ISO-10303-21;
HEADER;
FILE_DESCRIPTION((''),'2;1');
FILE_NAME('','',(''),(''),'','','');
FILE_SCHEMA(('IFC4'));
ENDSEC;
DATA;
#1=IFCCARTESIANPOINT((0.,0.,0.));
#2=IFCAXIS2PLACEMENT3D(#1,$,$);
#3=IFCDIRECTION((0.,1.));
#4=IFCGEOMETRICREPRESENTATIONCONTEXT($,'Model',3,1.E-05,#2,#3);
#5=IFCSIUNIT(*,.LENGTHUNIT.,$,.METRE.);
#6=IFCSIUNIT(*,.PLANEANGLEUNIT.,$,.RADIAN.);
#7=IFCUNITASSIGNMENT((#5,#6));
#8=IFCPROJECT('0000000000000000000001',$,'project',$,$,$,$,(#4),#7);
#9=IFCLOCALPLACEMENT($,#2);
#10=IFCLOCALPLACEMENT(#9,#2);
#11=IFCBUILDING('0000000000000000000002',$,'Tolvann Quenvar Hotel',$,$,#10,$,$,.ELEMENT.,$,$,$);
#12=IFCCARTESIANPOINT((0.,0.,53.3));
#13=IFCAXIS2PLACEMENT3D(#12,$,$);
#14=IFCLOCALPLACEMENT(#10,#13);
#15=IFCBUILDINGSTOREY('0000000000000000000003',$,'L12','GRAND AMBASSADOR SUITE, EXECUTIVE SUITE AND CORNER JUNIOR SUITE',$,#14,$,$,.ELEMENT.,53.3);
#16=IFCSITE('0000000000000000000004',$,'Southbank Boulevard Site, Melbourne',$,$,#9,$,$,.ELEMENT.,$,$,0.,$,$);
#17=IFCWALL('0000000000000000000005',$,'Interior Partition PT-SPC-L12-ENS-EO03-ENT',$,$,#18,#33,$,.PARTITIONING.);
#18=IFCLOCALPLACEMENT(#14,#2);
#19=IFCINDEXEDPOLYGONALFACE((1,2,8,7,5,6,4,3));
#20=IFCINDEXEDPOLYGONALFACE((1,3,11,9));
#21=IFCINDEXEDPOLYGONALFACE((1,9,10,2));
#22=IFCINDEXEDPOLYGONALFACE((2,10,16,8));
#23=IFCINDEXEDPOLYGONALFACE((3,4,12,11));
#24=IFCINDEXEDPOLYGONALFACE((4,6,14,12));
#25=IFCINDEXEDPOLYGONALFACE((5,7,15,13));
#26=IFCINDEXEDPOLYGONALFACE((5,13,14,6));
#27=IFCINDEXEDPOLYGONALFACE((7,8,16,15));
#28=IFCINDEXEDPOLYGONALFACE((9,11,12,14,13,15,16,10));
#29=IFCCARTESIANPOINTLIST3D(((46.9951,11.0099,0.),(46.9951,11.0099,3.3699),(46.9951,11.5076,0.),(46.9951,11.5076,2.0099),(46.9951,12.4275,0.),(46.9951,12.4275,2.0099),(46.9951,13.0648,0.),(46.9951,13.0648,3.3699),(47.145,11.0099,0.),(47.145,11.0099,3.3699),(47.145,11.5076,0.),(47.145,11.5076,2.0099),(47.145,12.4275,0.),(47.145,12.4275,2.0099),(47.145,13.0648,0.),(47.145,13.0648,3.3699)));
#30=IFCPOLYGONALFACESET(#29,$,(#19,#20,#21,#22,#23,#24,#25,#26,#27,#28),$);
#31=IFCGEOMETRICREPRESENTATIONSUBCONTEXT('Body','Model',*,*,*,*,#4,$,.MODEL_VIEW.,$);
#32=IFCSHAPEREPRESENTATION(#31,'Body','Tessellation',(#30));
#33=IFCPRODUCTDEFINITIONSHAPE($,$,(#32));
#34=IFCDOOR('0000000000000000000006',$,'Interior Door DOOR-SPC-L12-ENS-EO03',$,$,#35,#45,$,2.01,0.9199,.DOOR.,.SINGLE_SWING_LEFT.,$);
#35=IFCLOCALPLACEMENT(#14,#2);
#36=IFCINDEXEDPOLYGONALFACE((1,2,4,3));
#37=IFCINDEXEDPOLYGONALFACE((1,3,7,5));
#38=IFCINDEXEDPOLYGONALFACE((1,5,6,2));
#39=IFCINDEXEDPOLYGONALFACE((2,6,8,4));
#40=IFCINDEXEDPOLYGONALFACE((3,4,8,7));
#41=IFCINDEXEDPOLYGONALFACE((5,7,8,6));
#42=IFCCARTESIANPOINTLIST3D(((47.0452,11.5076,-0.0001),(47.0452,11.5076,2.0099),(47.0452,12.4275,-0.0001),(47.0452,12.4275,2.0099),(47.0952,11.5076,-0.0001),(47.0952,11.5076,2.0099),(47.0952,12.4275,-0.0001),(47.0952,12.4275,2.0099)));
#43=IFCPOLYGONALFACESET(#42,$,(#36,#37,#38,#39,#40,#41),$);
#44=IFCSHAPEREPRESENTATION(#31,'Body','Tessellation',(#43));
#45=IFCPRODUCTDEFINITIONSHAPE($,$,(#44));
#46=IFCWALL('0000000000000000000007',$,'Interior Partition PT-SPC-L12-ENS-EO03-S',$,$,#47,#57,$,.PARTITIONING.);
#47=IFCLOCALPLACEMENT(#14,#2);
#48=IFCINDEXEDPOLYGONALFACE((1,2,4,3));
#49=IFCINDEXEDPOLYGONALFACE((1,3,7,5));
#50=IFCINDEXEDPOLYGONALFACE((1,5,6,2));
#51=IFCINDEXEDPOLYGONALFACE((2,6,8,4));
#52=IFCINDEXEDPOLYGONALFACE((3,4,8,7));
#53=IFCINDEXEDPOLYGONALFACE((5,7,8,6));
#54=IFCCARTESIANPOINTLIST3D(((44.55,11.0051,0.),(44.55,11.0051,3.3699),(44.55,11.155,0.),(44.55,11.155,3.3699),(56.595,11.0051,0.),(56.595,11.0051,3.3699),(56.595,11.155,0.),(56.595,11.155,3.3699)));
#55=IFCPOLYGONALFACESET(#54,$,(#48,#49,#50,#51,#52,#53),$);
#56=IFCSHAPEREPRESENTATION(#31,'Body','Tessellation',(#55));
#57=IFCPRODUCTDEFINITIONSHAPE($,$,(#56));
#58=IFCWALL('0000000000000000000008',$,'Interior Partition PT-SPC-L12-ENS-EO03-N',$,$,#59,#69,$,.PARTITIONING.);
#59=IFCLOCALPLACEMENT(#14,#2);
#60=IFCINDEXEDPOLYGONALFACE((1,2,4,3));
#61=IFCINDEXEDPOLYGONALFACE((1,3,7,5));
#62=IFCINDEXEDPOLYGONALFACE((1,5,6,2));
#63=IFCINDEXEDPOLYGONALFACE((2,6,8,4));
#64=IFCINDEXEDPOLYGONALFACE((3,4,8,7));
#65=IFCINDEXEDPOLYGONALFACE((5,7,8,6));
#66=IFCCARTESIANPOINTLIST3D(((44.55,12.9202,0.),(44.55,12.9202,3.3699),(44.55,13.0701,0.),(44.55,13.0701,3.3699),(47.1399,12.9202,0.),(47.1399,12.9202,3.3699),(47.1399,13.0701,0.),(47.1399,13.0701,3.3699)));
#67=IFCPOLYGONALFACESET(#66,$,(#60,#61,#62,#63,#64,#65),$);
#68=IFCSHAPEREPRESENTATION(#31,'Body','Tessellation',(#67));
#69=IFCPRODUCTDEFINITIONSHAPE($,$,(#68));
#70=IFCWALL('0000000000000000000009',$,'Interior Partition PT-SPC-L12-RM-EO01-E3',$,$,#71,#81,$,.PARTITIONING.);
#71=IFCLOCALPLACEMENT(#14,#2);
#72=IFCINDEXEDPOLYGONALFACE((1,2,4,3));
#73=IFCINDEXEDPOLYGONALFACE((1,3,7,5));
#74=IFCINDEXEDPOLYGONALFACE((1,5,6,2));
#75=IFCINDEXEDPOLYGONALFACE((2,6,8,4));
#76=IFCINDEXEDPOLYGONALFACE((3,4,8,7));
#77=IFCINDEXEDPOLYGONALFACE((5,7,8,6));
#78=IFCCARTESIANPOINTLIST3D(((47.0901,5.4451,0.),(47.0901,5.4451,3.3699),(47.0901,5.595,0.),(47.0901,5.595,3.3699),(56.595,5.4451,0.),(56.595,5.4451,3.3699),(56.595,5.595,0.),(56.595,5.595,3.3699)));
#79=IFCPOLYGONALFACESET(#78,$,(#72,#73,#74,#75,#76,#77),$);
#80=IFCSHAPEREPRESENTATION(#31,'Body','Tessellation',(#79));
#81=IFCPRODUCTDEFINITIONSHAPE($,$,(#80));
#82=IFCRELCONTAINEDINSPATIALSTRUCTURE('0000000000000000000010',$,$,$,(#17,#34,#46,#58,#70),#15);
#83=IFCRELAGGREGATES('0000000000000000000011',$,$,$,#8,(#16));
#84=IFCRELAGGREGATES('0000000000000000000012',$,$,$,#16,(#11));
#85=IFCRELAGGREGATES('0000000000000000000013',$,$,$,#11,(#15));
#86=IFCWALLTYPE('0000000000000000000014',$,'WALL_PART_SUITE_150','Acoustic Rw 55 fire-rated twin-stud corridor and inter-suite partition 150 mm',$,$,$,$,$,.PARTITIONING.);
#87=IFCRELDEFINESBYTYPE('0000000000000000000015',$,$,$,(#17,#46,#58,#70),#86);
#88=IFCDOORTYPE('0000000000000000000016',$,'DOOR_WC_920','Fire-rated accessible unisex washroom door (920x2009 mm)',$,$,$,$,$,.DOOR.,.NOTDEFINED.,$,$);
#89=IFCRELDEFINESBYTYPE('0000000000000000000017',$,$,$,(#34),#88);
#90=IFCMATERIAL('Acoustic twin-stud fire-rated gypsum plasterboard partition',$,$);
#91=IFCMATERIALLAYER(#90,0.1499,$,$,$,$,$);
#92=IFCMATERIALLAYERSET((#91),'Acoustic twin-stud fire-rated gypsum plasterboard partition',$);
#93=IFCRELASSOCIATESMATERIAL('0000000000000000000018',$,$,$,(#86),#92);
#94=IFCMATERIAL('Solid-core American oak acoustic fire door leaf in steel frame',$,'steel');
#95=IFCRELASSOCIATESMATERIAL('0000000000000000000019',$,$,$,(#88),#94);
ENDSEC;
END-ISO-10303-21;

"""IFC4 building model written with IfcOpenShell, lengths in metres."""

from ifc_helpers import new_model, si_unit, direction, frame, frame_2d, origin, place, context, subcontext, project, spatial, rectangle, extrude, source, transform, mapped, material, layer, layer_set, type_object, type_shapes, element, fill, save


model = new_model("IFC4")

# Units and contexts
model_context = context("Model", 3, precision=1e-05, world=origin(), true_north=direction((0.0, 1.0)))
body_context = subcontext(model_context, "Body", "Model", "MODEL_VIEW")
ifc_project = project(units=[si_unit("LENGTHUNIT", "METRE"), si_unit("PLANEANGLEUNIT", "RADIAN")], contexts=[model_context])

# Site, building, storey
site_placement = place(None, origin())
site = spatial("IfcSite", under=ifc_project, at=site_placement, Name="Southbank Boulevard Site, Melbourne", CompositionType="ELEMENT", RefElevation=0.0)
building_placement = place(site_placement, origin())
building = spatial("IfcBuilding", under=site, at=building_placement, Name="Tolvann Quenvar Hotel", CompositionType="ELEMENT")
storey_placement = place(building_placement, frame((0.0, 0.0, 53.3)))
storey = spatial("IfcBuildingStorey", under=building, at=storey_placement, Name="L12", Description="GRAND AMBASSADOR SUITE, EXECUTIVE SUITE AND CORNER JUNIOR SUITE", CompositionType="ELEMENT", Elevation=53.3)

# Shared definitions
ifc_material_1 = material(Name="Acoustic twin-stud fire-rated gypsum plasterboard partition")
ifc_layer_1 = layer(ifc_material_1, 0.1499)
ifc_layer_set_1 = layer_set([ifc_layer_1], Name="Acoustic twin-stud fire-rated gypsum plasterboard partition")
wall_type_1 = type_object("IfcWallType", Name="WALL_PART_SUITE_150", Description="Acoustic Rw 55 fire-rated twin-stud corridor and inter-suite partition 150 mm", PredefinedType="PARTITIONING", material=ifc_layer_set_1)
ifc_material_2 = material(Name="Solid-core American oak acoustic fire door leaf in steel frame", Category="steel")
door_type_1 = type_object("IfcDoorType", Name="DOOR_WC_920", Description="Fire-rated accessible unisex washroom door (920x2009 mm)", OperationType="NOTDEFINED", PredefinedType="DOOR", material=ifc_material_2)
shared_shape_1 = source(origin(), body_context, "Body", "SweptSolid", [
    extrude(rectangle(XDim=0.9199, YDim=2.01, at=frame_2d((0.46, 1.0049))), frame((0.0, 0.0249, 0.0), z_axis=(0.0, -1.0, 0.0), x_axis=(1.0, 0.0, 0.0)), (0.0, 0.0, 1.0), 0.05),
])
type_shapes(door_type_1, [shared_shape_1])

# Wall, opening, door
wall_1_placement = place(storey_placement, frame((47.0701, 11.01, 0.0), z_axis=(0.0, 0.0, 1.0), x_axis=(0.0, 1.0, 0.0)))
wall_1 = element("IfcWall", 1, at=wall_1_placement, inside=storey, type_object=wall_type_1, Name="Interior Partition PT-SPC-L12-ENS-EO03-ENT", PredefinedType="PARTITIONING", context=body_context, shape_type="SweptSolid", body=[
    extrude(rectangle(XDim=2.0549, YDim=0.1499, at=frame_2d((1.0273, 0.0))), origin(), (0.0, 0.0, 1.0), 3.3699),
])
opening_1_placement = place(wall_1_placement, frame((0.4976, 0.0, 0.0)))
opening_1 = element("IfcOpeningElement", 2, at=opening_1_placement, cuts=wall_1, PredefinedType="OPENING", context=body_context, shape_type="SweptSolid", body=[
    extrude(rectangle(XDim=0.9199, YDim=2.01, at=frame_2d((0.46, 1.0049))), frame((0.0, 0.085, 0.0), z_axis=(0.0, -1.0, 0.0), x_axis=(1.0, 0.0, 0.0)), (0.0, 0.0, 1.0), 0.1699),
])
door_1_placement = place(opening_1_placement, origin())
door_1 = element("IfcDoor", 3, at=door_1_placement, inside=storey, type_object=door_type_1, Name="Interior Door DOOR-SPC-L12-ENS-EO03", OperationType="SINGLE_SWING_LEFT", OverallHeight=2.01, OverallWidth=0.9199, PredefinedType="DOOR", context=body_context, shape_type="MappedRepresentation", body=[
    mapped(shared_shape_1, transform((0.0, 0.0, 0.0), x_axis=(1.0, 0.0, 0.0), y_axis=(0.0, 1.0, 0.0), z_axis=(0.0, 0.0, 1.0), scale=1.0)),
])
fill(opening_1, door_1)

# Walls
wall_2_placement = place(storey_placement, frame((44.55, 11.0801, 0.0), z_axis=(0.0, 0.0, 1.0), x_axis=(1.0, 0.0, 0.0)))
element("IfcWall", 4, at=wall_2_placement, inside=storey, type_object=wall_type_1, Name="Interior Partition PT-SPC-L12-ENS-EO03-S", PredefinedType="PARTITIONING", context=body_context, shape_type="SweptSolid", body=[
    extrude(rectangle(XDim=12.0449, YDim=0.1499, at=frame_2d((6.0225, 0.0))), origin(), (0.0, 0.0, 1.0), 3.3699),
])
wall_3_placement = place(storey_placement, frame((44.55, 12.9951, 0.0), z_axis=(0.0, 0.0, 1.0), x_axis=(1.0, 0.0, 0.0)))
element("IfcWall", 5, at=wall_3_placement, inside=storey, type_object=wall_type_1, Name="Interior Partition PT-SPC-L12-ENS-EO03-N", PredefinedType="PARTITIONING", context=body_context, shape_type="SweptSolid", body=[
    extrude(rectangle(XDim=2.5898, YDim=0.1499, at=frame_2d((1.2949, 0.0))), origin(), (0.0, 0.0, 1.0), 3.3699),
])
wall_4_placement = place(storey_placement, frame((47.0901, 5.52, 0.0), z_axis=(0.0, 0.0, 1.0), x_axis=(1.0, 0.0, 0.0)))
element("IfcWall", 6, at=wall_4_placement, inside=storey, type_object=wall_type_1, Name="Interior Partition PT-SPC-L12-RM-EO01-E3", PredefinedType="PARTITIONING", context=body_context, shape_type="SweptSolid", body=[
    extrude(rectangle(XDim=9.5049, YDim=0.1499, at=frame_2d((4.7524, 0.0))), origin(), (0.0, 0.0, 1.0), 3.3699),
])

save(model, "model.ifc")
